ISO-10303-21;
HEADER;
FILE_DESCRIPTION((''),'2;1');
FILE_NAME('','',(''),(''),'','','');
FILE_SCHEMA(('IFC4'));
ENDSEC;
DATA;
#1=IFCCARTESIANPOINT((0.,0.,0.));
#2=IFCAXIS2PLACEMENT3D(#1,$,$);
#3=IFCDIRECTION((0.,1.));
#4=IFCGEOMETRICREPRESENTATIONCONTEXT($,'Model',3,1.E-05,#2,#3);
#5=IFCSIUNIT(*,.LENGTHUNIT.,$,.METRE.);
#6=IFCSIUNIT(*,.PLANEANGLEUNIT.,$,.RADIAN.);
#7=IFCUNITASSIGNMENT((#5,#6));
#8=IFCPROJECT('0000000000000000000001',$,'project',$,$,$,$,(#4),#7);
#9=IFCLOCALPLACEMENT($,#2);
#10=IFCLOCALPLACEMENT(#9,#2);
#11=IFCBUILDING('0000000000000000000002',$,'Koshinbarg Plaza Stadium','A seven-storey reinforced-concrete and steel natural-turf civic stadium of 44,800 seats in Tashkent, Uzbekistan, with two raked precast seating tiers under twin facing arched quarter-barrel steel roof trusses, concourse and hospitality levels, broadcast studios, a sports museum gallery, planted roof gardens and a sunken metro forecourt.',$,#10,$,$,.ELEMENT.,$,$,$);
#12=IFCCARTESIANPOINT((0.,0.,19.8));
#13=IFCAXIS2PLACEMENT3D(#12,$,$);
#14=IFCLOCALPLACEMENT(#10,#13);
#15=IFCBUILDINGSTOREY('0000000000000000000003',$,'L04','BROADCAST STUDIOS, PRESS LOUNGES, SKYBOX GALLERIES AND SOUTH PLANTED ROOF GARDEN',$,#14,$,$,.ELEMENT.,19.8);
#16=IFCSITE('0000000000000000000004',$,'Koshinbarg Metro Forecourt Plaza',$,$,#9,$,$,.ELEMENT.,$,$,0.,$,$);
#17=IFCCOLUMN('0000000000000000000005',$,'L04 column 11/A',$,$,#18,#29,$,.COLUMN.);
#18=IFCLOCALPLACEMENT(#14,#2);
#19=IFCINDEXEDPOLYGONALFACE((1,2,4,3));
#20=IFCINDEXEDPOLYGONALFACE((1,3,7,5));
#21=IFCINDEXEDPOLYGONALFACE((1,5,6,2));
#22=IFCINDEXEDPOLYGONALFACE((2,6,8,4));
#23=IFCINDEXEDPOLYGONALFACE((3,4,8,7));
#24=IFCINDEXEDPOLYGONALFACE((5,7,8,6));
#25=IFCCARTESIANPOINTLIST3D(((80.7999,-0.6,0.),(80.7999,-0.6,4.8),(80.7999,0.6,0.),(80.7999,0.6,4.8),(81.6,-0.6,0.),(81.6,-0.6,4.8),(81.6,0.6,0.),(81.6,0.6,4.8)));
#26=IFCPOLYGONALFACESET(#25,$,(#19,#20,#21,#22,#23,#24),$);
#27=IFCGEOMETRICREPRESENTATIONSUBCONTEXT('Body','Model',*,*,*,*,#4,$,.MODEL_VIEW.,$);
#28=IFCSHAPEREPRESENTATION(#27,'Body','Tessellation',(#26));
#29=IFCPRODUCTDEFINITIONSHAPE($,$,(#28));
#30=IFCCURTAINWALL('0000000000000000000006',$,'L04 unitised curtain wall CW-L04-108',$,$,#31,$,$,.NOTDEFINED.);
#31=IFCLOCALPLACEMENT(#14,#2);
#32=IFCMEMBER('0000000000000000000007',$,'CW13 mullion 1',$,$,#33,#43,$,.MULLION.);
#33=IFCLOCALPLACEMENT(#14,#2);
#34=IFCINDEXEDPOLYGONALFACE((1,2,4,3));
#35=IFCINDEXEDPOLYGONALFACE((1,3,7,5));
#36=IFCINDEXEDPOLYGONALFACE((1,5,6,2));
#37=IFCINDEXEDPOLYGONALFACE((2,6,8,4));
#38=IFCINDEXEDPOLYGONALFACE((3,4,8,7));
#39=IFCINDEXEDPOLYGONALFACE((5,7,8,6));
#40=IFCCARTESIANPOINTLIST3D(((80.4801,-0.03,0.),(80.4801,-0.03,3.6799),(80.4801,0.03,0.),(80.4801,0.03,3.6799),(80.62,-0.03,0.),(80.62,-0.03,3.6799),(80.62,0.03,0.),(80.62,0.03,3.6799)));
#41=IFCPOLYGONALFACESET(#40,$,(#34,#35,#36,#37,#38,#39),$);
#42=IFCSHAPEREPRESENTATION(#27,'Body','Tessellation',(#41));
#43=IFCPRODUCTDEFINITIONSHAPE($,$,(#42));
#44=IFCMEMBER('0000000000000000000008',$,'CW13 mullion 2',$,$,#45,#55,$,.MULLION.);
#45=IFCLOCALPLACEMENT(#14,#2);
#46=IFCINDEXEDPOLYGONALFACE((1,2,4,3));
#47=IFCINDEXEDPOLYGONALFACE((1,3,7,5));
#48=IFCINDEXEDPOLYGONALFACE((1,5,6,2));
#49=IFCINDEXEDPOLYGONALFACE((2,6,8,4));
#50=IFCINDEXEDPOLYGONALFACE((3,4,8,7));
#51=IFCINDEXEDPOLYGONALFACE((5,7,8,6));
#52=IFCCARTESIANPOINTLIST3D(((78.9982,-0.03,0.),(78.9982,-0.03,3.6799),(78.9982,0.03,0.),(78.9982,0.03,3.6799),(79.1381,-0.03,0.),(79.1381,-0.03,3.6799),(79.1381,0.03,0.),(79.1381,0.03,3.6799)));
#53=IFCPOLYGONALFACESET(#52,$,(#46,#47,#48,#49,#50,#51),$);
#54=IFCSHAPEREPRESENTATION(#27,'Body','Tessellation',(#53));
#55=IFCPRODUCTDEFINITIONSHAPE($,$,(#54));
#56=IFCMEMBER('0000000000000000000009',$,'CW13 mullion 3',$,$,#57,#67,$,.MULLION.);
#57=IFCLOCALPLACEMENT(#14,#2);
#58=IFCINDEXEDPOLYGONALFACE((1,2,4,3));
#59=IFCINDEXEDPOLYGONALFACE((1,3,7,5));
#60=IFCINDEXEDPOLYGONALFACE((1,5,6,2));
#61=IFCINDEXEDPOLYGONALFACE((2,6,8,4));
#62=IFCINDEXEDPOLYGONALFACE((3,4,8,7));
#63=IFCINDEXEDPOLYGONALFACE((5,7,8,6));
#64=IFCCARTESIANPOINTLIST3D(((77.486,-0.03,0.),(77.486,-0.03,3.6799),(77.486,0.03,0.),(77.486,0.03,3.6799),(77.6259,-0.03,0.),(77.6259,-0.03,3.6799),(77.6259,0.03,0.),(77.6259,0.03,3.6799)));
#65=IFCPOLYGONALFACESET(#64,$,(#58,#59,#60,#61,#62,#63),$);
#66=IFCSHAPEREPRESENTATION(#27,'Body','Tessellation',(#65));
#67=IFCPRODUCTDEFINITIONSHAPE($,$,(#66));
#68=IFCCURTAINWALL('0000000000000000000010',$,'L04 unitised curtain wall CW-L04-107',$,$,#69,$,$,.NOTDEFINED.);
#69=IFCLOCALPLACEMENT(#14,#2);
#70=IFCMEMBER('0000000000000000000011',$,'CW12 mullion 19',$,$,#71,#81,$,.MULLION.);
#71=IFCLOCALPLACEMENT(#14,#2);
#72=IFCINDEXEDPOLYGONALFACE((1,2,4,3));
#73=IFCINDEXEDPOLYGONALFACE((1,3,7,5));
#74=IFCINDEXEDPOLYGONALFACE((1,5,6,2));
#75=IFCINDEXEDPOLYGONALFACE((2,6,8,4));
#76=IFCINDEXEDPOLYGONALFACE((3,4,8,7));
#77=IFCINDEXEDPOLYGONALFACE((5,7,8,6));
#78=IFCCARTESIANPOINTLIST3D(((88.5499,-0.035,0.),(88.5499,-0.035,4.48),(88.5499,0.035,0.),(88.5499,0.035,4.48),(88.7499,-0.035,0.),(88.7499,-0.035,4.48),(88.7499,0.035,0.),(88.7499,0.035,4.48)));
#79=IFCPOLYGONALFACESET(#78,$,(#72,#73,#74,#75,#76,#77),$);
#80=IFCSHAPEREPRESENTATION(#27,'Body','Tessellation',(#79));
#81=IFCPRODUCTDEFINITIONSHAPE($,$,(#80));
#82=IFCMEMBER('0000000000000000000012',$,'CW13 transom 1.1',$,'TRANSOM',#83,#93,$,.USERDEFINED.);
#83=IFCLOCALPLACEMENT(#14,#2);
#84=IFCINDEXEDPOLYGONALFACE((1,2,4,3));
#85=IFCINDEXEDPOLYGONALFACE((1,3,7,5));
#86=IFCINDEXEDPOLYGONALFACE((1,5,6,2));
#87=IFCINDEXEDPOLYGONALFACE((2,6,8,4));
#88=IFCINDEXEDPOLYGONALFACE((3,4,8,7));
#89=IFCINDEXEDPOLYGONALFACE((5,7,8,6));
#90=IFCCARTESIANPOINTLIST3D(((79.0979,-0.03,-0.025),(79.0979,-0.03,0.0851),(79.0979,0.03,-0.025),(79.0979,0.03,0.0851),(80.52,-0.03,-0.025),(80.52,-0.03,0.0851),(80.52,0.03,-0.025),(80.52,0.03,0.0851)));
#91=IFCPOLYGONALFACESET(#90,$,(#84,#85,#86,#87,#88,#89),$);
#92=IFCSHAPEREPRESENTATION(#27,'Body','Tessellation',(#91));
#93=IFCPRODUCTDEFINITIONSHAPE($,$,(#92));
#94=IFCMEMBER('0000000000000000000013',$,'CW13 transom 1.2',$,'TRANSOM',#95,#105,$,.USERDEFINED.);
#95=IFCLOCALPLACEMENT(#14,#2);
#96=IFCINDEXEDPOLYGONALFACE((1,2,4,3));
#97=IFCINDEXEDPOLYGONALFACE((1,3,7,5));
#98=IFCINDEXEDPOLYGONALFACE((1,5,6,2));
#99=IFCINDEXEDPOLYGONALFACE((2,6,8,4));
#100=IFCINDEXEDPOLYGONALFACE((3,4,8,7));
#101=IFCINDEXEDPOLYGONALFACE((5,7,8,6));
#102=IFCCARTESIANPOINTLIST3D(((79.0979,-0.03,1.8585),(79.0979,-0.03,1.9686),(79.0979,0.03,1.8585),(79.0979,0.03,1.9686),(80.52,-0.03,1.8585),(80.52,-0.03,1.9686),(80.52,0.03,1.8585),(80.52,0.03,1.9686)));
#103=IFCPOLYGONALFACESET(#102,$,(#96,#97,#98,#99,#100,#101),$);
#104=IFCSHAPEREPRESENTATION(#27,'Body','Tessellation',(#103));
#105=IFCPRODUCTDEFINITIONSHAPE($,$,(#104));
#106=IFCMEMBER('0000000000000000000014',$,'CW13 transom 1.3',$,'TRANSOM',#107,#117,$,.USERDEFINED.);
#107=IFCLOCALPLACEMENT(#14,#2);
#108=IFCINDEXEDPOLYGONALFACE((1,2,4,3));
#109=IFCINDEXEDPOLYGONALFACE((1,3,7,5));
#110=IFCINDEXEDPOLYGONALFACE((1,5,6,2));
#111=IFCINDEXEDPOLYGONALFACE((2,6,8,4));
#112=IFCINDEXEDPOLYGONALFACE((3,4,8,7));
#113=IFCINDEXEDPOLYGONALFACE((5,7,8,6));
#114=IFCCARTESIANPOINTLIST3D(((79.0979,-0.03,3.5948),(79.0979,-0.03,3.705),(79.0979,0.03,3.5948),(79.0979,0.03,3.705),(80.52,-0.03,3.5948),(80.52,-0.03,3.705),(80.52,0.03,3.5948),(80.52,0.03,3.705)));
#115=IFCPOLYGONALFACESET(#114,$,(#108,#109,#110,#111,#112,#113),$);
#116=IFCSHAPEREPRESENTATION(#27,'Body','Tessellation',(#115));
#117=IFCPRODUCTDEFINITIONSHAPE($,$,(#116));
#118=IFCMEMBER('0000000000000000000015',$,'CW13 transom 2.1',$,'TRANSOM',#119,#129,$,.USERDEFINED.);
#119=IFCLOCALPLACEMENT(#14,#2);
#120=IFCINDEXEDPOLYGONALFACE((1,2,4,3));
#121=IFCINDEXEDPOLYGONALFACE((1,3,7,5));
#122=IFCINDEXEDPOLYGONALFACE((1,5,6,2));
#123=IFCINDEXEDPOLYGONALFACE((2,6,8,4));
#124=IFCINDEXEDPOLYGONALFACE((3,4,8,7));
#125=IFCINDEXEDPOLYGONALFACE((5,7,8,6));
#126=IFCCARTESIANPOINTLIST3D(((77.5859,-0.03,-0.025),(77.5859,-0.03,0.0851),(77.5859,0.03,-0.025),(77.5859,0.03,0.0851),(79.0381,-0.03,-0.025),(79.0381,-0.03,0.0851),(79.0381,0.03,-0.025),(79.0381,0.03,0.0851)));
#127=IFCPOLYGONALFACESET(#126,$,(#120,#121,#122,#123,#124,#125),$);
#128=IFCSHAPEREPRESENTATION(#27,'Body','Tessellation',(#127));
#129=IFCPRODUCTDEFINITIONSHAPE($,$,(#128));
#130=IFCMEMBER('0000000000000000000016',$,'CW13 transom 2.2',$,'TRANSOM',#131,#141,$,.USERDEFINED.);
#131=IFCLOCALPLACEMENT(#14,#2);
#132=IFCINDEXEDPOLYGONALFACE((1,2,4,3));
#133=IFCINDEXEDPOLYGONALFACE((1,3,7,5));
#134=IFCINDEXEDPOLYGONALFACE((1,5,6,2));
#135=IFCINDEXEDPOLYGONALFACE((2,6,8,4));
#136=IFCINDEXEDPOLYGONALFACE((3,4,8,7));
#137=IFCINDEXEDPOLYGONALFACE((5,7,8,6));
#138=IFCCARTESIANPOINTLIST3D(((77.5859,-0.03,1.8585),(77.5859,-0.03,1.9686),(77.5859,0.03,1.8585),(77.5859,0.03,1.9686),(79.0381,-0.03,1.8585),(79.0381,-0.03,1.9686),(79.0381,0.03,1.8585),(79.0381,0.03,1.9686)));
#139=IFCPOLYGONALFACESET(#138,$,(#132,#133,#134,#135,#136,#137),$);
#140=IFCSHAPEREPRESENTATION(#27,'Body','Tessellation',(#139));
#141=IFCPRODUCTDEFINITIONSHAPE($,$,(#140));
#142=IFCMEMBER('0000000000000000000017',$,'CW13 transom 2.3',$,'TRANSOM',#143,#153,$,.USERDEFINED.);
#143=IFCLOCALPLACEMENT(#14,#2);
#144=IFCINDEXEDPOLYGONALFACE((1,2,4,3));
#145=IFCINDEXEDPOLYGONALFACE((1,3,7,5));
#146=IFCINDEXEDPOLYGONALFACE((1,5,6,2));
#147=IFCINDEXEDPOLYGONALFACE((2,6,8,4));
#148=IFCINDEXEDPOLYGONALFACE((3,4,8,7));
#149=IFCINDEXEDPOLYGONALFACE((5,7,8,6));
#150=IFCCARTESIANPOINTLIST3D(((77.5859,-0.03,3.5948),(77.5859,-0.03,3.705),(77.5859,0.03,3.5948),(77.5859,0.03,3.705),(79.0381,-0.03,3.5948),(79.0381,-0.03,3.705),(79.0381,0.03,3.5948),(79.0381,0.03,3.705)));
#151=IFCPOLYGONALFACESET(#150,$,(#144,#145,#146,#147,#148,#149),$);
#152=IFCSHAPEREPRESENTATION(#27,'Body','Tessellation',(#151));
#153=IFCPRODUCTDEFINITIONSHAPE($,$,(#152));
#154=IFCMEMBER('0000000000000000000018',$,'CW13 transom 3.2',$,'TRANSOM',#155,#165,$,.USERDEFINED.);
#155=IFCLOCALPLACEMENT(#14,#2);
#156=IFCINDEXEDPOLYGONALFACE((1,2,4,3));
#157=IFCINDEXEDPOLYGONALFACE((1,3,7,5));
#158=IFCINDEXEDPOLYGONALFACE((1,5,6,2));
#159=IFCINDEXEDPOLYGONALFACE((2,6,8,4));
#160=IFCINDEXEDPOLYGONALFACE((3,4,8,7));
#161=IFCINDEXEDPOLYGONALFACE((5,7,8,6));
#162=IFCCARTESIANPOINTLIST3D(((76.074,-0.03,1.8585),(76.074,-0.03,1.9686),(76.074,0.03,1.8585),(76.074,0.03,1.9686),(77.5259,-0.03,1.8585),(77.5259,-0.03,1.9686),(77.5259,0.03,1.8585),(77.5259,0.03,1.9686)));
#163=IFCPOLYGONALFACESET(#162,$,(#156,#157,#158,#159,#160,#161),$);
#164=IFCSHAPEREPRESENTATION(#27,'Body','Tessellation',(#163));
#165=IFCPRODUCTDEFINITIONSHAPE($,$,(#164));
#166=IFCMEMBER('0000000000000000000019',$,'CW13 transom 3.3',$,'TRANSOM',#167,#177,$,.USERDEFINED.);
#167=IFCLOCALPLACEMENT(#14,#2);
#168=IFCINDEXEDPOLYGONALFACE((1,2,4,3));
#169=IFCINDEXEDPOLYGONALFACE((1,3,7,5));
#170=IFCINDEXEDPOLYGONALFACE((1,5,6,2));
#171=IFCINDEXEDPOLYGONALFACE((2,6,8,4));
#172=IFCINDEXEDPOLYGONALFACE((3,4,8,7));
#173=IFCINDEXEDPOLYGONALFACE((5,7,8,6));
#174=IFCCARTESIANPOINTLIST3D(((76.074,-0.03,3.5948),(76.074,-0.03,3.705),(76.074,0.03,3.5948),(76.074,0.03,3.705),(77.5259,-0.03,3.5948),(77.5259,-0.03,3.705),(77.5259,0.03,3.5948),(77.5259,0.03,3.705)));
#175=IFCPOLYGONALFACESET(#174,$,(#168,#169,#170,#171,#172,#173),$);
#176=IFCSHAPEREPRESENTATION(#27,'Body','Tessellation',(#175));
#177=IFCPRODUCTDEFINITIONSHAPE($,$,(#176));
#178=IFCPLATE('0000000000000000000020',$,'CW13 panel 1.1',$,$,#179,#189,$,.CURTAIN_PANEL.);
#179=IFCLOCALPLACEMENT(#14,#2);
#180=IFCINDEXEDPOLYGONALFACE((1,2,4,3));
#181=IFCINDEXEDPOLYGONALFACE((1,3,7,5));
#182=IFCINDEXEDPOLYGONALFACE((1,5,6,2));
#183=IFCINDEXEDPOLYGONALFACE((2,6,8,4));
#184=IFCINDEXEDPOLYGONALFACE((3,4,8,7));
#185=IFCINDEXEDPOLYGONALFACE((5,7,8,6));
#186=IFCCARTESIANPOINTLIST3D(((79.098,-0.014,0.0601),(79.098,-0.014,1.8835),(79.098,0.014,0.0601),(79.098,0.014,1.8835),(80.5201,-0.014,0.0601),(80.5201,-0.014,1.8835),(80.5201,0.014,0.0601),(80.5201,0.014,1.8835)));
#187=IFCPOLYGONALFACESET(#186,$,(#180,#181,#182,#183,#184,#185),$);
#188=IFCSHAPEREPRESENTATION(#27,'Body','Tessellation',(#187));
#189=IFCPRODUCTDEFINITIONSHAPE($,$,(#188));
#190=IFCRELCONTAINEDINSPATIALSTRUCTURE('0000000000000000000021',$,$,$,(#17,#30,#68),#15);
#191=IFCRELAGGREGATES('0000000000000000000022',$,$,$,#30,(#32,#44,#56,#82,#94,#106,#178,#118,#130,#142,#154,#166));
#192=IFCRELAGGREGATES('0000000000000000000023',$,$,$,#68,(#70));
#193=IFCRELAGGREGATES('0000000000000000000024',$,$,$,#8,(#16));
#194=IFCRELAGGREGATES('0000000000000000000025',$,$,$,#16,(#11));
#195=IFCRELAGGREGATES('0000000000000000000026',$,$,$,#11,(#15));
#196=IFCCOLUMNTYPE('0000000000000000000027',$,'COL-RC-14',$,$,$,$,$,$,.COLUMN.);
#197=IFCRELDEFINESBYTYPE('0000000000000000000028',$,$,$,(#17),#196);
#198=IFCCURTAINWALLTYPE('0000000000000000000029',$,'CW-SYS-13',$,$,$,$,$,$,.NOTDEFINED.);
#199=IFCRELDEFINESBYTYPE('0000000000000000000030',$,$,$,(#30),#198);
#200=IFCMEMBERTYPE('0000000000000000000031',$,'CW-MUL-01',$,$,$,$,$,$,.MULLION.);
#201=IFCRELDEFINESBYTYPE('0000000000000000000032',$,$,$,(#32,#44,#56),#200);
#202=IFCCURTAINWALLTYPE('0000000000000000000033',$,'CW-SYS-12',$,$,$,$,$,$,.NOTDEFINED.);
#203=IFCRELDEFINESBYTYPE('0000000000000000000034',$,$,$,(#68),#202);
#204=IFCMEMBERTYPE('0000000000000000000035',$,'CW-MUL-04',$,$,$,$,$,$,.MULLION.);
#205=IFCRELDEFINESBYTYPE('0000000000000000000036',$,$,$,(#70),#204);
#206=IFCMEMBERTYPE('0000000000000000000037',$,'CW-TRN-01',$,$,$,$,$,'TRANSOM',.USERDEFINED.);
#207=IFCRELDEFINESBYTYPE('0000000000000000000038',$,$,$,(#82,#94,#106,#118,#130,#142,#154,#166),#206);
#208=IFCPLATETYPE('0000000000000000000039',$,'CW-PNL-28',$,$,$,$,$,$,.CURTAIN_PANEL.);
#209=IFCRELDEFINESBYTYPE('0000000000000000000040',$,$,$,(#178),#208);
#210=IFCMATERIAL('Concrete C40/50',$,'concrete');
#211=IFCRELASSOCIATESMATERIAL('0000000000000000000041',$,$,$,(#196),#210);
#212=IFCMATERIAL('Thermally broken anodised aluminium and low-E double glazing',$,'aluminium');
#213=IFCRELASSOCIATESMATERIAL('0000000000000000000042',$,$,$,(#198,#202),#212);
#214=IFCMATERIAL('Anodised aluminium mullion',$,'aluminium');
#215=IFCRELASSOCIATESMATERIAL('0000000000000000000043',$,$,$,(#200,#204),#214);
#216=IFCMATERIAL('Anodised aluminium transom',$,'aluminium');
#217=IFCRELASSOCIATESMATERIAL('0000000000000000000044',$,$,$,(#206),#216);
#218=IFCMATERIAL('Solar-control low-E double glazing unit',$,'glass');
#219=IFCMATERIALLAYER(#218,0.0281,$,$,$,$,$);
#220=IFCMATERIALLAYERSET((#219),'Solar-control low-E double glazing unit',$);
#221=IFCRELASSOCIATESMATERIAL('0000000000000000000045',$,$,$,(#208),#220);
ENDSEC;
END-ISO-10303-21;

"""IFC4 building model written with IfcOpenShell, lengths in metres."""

from ifc_helpers import new_model, si_unit, direction, frame, origin, origin_2d, place, context, subcontext, project, spatial, rectangle, extrude, material, layer, layer_set, material_profile, profile_set, type_object, element, aggregate, save


model = new_model("IFC4")

# Units and contexts
model_context = context("Model", 3, precision=1e-05, world=origin(), true_north=direction((0.0, 1.0)))
body_context = subcontext(model_context, "Body", "Model", "MODEL_VIEW")
ifc_project = project(units=[si_unit("LENGTHUNIT", "METRE"), si_unit("PLANEANGLEUNIT", "RADIAN")], contexts=[model_context])

# Site, building, storey
site_placement = place(None, origin())
site = spatial("IfcSite", under=ifc_project, at=site_placement, Name="Koshinbarg Metro Forecourt Plaza", CompositionType="ELEMENT", RefElevation=0.0)
building_placement = place(site_placement, origin())
building = spatial("IfcBuilding", under=site, at=building_placement, Name="Koshinbarg Plaza Stadium", Description="A seven-storey reinforced-concrete and steel natural-turf civic stadium of 44,800 seats in Tashkent, Uzbekistan, with two raked precast seating tiers under twin facing arched quarter-barrel steel roof trusses, concourse and hospitality levels, broadcast studios, a sports museum gallery, planted roof gardens and a sunken metro forecourt.", CompositionType="ELEMENT")
storey_placement = place(building_placement, frame((0.0, 0.0, 19.8)))
storey = spatial("IfcBuildingStorey", under=building, at=storey_placement, Name="L04", Description="BROADCAST STUDIOS, PRESS LOUNGES, SKYBOX GALLERIES AND SOUTH PLANTED ROOF GARDEN", CompositionType="ELEMENT", Elevation=19.8)

# Column
ifc_material_1 = material(Name="Concrete C40/50", Category="concrete")
ifc_material_profile_1 = material_profile(ifc_material_1, rectangle(XDim=0.8, YDim=1.2, at=origin_2d()), Name="RC 800x1200")
ifc_profile_set_1 = profile_set([ifc_material_profile_1], Name="Concrete C40/50")
column_type = type_object("IfcColumnType", Name="COL-RC-14", PredefinedType="COLUMN", material=ifc_profile_set_1)
column_placement = place(storey_placement, frame((81.2, 0.0, 0.0), z_axis=(0.0, 0.0, 1.0), x_axis=(1.0, 0.0, 0.0)))
element("IfcColumn", 1, at=column_placement, inside=storey, type_object=column_type, Name="L04 column 11/A", PredefinedType="COLUMN", context=body_context, shape_type="SweptSolid", body=[
    extrude(rectangle(XDim=0.8, YDim=1.2, at=origin_2d()), origin(), (0.0, 0.0, 1.0), 4.8),
])

# Curtain wall, members
ifc_material_2 = material(Name="Thermally broken anodised aluminium and low-E double glazing", Category="aluminium")
curtain_wall_type_1 = type_object("IfcCurtainWallType", Name="CW-SYS-13", PredefinedType="NOTDEFINED", material=ifc_material_2)
curtain_wall_1_placement = place(storey_placement, origin())
curtain_wall_1 = element("IfcCurtainWall", 2, at=curtain_wall_1_placement, inside=storey, type_object=curtain_wall_type_1, Name="L04 unitised curtain wall CW-L04-108", PredefinedType="NOTDEFINED")
ifc_material_3 = material(Name="Anodised aluminium mullion", Category="aluminium")
ifc_material_profile_2 = material_profile(ifc_material_3, rectangle(XDim=0.0601, YDim=0.1399, at=origin_2d()), Name="ALU 60x140")
ifc_profile_set_2 = profile_set([ifc_material_profile_2], Name="Anodised aluminium mullion")
member_type_1 = type_object("IfcMemberType", Name="CW-MUL-01", PredefinedType="MULLION", material=ifc_profile_set_2)
member_1_placement = place(storey_placement, frame((80.55, 0.0, 0.0), z_axis=(0.0, 0.0, 1.0), x_axis=(0.0, -1.0, 0.0)))
member_1 = element("IfcMember", 3, at=member_1_placement, type_object=member_type_1, Name="CW13 mullion 1", PredefinedType="MULLION", context=body_context, shape_type="SweptSolid", body=[
    extrude(rectangle(XDim=0.0601, YDim=0.1399, at=origin_2d()), origin(), (0.0, 0.0, 1.0), 3.6799),
])
member_2_placement = place(storey_placement, frame((79.0681, 0.0, 0.0), z_axis=(0.0, 0.0, 1.0), x_axis=(0.0, -1.0, 0.0)))
member_2 = element("IfcMember", 4, at=member_2_placement, type_object=member_type_1, Name="CW13 mullion 2", PredefinedType="MULLION", context=body_context, shape_type="SweptSolid", body=[
    extrude(rectangle(XDim=0.0601, YDim=0.1399, at=origin_2d()), origin(), (0.0, 0.0, 1.0), 3.6799),
])
member_3_placement = place(storey_placement, frame((77.5559, 0.0, 0.0), z_axis=(0.0, 0.0, 1.0), x_axis=(0.0, -1.0, 0.0)))
member_3 = element("IfcMember", 5, at=member_3_placement, type_object=member_type_1, Name="CW13 mullion 3", PredefinedType="MULLION", context=body_context, shape_type="SweptSolid", body=[
    extrude(rectangle(XDim=0.0601, YDim=0.1399, at=origin_2d()), origin(), (0.0, 0.0, 1.0), 3.6799),
])

# Curtain wall, member
curtain_wall_type_2 = type_object("IfcCurtainWallType", Name="CW-SYS-12", PredefinedType="NOTDEFINED", material=ifc_material_2)
curtain_wall_2_placement = place(storey_placement, origin())
curtain_wall_2 = element("IfcCurtainWall", 6, at=curtain_wall_2_placement, inside=storey, type_object=curtain_wall_type_2, Name="L04 unitised curtain wall CW-L04-107", PredefinedType="NOTDEFINED")
ifc_material_profile_3 = material_profile(ifc_material_3, rectangle(XDim=0.0701, YDim=0.2, at=origin_2d()), Name="ALU 70x200")
ifc_profile_set_3 = profile_set([ifc_material_profile_3], Name="Anodised aluminium mullion")
member_type_2 = type_object("IfcMemberType", Name="CW-MUL-04", PredefinedType="MULLION", material=ifc_profile_set_3)
member_4_placement = place(storey_placement, frame((88.6499, 0.0, 0.0), z_axis=(0.0, 0.0, 1.0), x_axis=(0.0, -1.0, 0.0)))
member_4 = element("IfcMember", 7, at=member_4_placement, type_object=member_type_2, Name="CW12 mullion 19", PredefinedType="MULLION", context=body_context, shape_type="SweptSolid", body=[
    extrude(rectangle(XDim=0.0701, YDim=0.2, at=origin_2d()), origin(), (0.0, 0.0, 1.0), 4.48),
])

# Members
ifc_material_4 = material(Name="Anodised aluminium transom", Category="aluminium")
ifc_material_profile_4 = material_profile(ifc_material_4, rectangle(XDim=0.0601, YDim=0.1101, at=origin_2d()), Name="ALU 60x110")
ifc_profile_set_4 = profile_set([ifc_material_profile_4], Name="Anodised aluminium transom")
member_type_3 = type_object("IfcMemberType", Name="CW-TRN-01", ElementType="TRANSOM", PredefinedType="USERDEFINED", material=ifc_profile_set_4)
member_5_placement = place(storey_placement, frame((80.52, 0.0, 0.03), z_axis=(-1.0, 0.0, 0.0), x_axis=(0.0, -1.0, 0.0)))
member_5 = element("IfcMember", 8, at=member_5_placement, type_object=member_type_3, Name="CW13 transom 1.1", ObjectType="TRANSOM", PredefinedType="USERDEFINED", context=body_context, shape_type="SweptSolid", body=[
    extrude(rectangle(XDim=0.0601, YDim=0.1101, at=origin_2d()), origin(), (0.0, 0.0, 1.0), 1.4221),
])
member_6_placement = place(storey_placement, frame((80.52, 0.0, 1.9136), z_axis=(-1.0, 0.0, 0.0), x_axis=(0.0, -1.0, 0.0)))
member_6 = element("IfcMember", 9, at=member_6_placement, type_object=member_type_3, Name="CW13 transom 1.2", ObjectType="TRANSOM", PredefinedType="USERDEFINED", context=body_context, shape_type="SweptSolid", body=[
    extrude(rectangle(XDim=0.0601, YDim=0.1101, at=origin_2d()), origin(), (0.0, 0.0, 1.0), 1.4221),
])
member_7_placement = place(storey_placement, frame((80.52, 0.0, 3.6499), z_axis=(-1.0, 0.0, 0.0), x_axis=(0.0, -1.0, 0.0)))
member_7 = element("IfcMember", 10, at=member_7_placement, type_object=member_type_3, Name="CW13 transom 1.3", ObjectType="TRANSOM", PredefinedType="USERDEFINED", context=body_context, shape_type="SweptSolid", body=[
    extrude(rectangle(XDim=0.0601, YDim=0.1101, at=origin_2d()), origin(), (0.0, 0.0, 1.0), 1.4221),
])
member_8_placement = place(storey_placement, frame((79.0381, 0.0, 0.03), z_axis=(-1.0, 0.0, 0.0), x_axis=(0.0, -1.0, 0.0)))
member_8 = element("IfcMember", 11, at=member_8_placement, type_object=member_type_3, Name="CW13 transom 2.1", ObjectType="TRANSOM", PredefinedType="USERDEFINED", context=body_context, shape_type="SweptSolid", body=[
    extrude(rectangle(XDim=0.0601, YDim=0.1101, at=origin_2d()), origin(), (0.0, 0.0, 1.0), 1.4521),
])
member_9_placement = place(storey_placement, frame((79.0381, 0.0, 1.9136), z_axis=(-1.0, 0.0, 0.0), x_axis=(0.0, -1.0, 0.0)))
member_9 = element("IfcMember", 12, at=member_9_placement, type_object=member_type_3, Name="CW13 transom 2.2", ObjectType="TRANSOM", PredefinedType="USERDEFINED", context=body_context, shape_type="SweptSolid", body=[
    extrude(rectangle(XDim=0.0601, YDim=0.1101, at=origin_2d()), origin(), (0.0, 0.0, 1.0), 1.4521),
])
member_10_placement = place(storey_placement, frame((79.0381, 0.0, 3.6499), z_axis=(-1.0, 0.0, 0.0), x_axis=(0.0, -1.0, 0.0)))
member_10 = element("IfcMember", 13, at=member_10_placement, type_object=member_type_3, Name="CW13 transom 2.3", ObjectType="TRANSOM", PredefinedType="USERDEFINED", context=body_context, shape_type="SweptSolid", body=[
    extrude(rectangle(XDim=0.0601, YDim=0.1101, at=origin_2d()), origin(), (0.0, 0.0, 1.0), 1.4521),
])
member_11_placement = place(storey_placement, frame((77.5259, 0.0, 1.9136), z_axis=(-1.0, 0.0, 0.0), x_axis=(0.0, -1.0, 0.0)))
member_11 = element("IfcMember", 14, at=member_11_placement, type_object=member_type_3, Name="CW13 transom 3.2", ObjectType="TRANSOM", PredefinedType="USERDEFINED", context=body_context, shape_type="SweptSolid", body=[
    extrude(rectangle(XDim=0.0601, YDim=0.1101, at=origin_2d()), origin(), (0.0, 0.0, 1.0), 1.4519),
])
member_12_placement = place(storey_placement, frame((77.5259, 0.0, 3.6499), z_axis=(-1.0, 0.0, 0.0), x_axis=(0.0, -1.0, 0.0)))
member_12 = element("IfcMember", 15, at=member_12_placement, type_object=member_type_3, Name="CW13 transom 3.3", ObjectType="TRANSOM", PredefinedType="USERDEFINED", context=body_context, shape_type="SweptSolid", body=[
    extrude(rectangle(XDim=0.0601, YDim=0.1101, at=origin_2d()), origin(), (0.0, 0.0, 1.0), 1.4519),
])

# Plate
ifc_material_5 = material(Name="Solar-control low-E double glazing unit", Category="glass")
ifc_layer_1 = layer(ifc_material_5, 0.0281)
ifc_layer_set_1 = layer_set([ifc_layer_1], Name="Solar-control low-E double glazing unit")
plate_type_1 = type_object("IfcPlateType", Name="CW-PNL-28", PredefinedType="CURTAIN_PANEL", material=ifc_layer_set_1)
plate_1_placement = place(storey_placement, frame((79.8091, 0.0, 0.0601), z_axis=(0.0, 0.0, 1.0), x_axis=(-1.0, 0.0, 0.0)))
plate_1 = element("IfcPlate", 16, at=plate_1_placement, type_object=plate_type_1, Name="CW13 panel 1.1", PredefinedType="CURTAIN_PANEL", context=body_context, shape_type="SweptSolid", body=[
    extrude(rectangle(XDim=1.4221, YDim=0.0281, at=origin_2d()), origin(), (0.0, 0.0, 1.0), 1.8235),
])
aggregate(curtain_wall_1, [member_1, member_2, member_3, member_5, member_6, member_7, plate_1, member_8, member_9, member_10, member_11, member_12])
aggregate(curtain_wall_2, [member_4])

save(model, "model.ifc")
